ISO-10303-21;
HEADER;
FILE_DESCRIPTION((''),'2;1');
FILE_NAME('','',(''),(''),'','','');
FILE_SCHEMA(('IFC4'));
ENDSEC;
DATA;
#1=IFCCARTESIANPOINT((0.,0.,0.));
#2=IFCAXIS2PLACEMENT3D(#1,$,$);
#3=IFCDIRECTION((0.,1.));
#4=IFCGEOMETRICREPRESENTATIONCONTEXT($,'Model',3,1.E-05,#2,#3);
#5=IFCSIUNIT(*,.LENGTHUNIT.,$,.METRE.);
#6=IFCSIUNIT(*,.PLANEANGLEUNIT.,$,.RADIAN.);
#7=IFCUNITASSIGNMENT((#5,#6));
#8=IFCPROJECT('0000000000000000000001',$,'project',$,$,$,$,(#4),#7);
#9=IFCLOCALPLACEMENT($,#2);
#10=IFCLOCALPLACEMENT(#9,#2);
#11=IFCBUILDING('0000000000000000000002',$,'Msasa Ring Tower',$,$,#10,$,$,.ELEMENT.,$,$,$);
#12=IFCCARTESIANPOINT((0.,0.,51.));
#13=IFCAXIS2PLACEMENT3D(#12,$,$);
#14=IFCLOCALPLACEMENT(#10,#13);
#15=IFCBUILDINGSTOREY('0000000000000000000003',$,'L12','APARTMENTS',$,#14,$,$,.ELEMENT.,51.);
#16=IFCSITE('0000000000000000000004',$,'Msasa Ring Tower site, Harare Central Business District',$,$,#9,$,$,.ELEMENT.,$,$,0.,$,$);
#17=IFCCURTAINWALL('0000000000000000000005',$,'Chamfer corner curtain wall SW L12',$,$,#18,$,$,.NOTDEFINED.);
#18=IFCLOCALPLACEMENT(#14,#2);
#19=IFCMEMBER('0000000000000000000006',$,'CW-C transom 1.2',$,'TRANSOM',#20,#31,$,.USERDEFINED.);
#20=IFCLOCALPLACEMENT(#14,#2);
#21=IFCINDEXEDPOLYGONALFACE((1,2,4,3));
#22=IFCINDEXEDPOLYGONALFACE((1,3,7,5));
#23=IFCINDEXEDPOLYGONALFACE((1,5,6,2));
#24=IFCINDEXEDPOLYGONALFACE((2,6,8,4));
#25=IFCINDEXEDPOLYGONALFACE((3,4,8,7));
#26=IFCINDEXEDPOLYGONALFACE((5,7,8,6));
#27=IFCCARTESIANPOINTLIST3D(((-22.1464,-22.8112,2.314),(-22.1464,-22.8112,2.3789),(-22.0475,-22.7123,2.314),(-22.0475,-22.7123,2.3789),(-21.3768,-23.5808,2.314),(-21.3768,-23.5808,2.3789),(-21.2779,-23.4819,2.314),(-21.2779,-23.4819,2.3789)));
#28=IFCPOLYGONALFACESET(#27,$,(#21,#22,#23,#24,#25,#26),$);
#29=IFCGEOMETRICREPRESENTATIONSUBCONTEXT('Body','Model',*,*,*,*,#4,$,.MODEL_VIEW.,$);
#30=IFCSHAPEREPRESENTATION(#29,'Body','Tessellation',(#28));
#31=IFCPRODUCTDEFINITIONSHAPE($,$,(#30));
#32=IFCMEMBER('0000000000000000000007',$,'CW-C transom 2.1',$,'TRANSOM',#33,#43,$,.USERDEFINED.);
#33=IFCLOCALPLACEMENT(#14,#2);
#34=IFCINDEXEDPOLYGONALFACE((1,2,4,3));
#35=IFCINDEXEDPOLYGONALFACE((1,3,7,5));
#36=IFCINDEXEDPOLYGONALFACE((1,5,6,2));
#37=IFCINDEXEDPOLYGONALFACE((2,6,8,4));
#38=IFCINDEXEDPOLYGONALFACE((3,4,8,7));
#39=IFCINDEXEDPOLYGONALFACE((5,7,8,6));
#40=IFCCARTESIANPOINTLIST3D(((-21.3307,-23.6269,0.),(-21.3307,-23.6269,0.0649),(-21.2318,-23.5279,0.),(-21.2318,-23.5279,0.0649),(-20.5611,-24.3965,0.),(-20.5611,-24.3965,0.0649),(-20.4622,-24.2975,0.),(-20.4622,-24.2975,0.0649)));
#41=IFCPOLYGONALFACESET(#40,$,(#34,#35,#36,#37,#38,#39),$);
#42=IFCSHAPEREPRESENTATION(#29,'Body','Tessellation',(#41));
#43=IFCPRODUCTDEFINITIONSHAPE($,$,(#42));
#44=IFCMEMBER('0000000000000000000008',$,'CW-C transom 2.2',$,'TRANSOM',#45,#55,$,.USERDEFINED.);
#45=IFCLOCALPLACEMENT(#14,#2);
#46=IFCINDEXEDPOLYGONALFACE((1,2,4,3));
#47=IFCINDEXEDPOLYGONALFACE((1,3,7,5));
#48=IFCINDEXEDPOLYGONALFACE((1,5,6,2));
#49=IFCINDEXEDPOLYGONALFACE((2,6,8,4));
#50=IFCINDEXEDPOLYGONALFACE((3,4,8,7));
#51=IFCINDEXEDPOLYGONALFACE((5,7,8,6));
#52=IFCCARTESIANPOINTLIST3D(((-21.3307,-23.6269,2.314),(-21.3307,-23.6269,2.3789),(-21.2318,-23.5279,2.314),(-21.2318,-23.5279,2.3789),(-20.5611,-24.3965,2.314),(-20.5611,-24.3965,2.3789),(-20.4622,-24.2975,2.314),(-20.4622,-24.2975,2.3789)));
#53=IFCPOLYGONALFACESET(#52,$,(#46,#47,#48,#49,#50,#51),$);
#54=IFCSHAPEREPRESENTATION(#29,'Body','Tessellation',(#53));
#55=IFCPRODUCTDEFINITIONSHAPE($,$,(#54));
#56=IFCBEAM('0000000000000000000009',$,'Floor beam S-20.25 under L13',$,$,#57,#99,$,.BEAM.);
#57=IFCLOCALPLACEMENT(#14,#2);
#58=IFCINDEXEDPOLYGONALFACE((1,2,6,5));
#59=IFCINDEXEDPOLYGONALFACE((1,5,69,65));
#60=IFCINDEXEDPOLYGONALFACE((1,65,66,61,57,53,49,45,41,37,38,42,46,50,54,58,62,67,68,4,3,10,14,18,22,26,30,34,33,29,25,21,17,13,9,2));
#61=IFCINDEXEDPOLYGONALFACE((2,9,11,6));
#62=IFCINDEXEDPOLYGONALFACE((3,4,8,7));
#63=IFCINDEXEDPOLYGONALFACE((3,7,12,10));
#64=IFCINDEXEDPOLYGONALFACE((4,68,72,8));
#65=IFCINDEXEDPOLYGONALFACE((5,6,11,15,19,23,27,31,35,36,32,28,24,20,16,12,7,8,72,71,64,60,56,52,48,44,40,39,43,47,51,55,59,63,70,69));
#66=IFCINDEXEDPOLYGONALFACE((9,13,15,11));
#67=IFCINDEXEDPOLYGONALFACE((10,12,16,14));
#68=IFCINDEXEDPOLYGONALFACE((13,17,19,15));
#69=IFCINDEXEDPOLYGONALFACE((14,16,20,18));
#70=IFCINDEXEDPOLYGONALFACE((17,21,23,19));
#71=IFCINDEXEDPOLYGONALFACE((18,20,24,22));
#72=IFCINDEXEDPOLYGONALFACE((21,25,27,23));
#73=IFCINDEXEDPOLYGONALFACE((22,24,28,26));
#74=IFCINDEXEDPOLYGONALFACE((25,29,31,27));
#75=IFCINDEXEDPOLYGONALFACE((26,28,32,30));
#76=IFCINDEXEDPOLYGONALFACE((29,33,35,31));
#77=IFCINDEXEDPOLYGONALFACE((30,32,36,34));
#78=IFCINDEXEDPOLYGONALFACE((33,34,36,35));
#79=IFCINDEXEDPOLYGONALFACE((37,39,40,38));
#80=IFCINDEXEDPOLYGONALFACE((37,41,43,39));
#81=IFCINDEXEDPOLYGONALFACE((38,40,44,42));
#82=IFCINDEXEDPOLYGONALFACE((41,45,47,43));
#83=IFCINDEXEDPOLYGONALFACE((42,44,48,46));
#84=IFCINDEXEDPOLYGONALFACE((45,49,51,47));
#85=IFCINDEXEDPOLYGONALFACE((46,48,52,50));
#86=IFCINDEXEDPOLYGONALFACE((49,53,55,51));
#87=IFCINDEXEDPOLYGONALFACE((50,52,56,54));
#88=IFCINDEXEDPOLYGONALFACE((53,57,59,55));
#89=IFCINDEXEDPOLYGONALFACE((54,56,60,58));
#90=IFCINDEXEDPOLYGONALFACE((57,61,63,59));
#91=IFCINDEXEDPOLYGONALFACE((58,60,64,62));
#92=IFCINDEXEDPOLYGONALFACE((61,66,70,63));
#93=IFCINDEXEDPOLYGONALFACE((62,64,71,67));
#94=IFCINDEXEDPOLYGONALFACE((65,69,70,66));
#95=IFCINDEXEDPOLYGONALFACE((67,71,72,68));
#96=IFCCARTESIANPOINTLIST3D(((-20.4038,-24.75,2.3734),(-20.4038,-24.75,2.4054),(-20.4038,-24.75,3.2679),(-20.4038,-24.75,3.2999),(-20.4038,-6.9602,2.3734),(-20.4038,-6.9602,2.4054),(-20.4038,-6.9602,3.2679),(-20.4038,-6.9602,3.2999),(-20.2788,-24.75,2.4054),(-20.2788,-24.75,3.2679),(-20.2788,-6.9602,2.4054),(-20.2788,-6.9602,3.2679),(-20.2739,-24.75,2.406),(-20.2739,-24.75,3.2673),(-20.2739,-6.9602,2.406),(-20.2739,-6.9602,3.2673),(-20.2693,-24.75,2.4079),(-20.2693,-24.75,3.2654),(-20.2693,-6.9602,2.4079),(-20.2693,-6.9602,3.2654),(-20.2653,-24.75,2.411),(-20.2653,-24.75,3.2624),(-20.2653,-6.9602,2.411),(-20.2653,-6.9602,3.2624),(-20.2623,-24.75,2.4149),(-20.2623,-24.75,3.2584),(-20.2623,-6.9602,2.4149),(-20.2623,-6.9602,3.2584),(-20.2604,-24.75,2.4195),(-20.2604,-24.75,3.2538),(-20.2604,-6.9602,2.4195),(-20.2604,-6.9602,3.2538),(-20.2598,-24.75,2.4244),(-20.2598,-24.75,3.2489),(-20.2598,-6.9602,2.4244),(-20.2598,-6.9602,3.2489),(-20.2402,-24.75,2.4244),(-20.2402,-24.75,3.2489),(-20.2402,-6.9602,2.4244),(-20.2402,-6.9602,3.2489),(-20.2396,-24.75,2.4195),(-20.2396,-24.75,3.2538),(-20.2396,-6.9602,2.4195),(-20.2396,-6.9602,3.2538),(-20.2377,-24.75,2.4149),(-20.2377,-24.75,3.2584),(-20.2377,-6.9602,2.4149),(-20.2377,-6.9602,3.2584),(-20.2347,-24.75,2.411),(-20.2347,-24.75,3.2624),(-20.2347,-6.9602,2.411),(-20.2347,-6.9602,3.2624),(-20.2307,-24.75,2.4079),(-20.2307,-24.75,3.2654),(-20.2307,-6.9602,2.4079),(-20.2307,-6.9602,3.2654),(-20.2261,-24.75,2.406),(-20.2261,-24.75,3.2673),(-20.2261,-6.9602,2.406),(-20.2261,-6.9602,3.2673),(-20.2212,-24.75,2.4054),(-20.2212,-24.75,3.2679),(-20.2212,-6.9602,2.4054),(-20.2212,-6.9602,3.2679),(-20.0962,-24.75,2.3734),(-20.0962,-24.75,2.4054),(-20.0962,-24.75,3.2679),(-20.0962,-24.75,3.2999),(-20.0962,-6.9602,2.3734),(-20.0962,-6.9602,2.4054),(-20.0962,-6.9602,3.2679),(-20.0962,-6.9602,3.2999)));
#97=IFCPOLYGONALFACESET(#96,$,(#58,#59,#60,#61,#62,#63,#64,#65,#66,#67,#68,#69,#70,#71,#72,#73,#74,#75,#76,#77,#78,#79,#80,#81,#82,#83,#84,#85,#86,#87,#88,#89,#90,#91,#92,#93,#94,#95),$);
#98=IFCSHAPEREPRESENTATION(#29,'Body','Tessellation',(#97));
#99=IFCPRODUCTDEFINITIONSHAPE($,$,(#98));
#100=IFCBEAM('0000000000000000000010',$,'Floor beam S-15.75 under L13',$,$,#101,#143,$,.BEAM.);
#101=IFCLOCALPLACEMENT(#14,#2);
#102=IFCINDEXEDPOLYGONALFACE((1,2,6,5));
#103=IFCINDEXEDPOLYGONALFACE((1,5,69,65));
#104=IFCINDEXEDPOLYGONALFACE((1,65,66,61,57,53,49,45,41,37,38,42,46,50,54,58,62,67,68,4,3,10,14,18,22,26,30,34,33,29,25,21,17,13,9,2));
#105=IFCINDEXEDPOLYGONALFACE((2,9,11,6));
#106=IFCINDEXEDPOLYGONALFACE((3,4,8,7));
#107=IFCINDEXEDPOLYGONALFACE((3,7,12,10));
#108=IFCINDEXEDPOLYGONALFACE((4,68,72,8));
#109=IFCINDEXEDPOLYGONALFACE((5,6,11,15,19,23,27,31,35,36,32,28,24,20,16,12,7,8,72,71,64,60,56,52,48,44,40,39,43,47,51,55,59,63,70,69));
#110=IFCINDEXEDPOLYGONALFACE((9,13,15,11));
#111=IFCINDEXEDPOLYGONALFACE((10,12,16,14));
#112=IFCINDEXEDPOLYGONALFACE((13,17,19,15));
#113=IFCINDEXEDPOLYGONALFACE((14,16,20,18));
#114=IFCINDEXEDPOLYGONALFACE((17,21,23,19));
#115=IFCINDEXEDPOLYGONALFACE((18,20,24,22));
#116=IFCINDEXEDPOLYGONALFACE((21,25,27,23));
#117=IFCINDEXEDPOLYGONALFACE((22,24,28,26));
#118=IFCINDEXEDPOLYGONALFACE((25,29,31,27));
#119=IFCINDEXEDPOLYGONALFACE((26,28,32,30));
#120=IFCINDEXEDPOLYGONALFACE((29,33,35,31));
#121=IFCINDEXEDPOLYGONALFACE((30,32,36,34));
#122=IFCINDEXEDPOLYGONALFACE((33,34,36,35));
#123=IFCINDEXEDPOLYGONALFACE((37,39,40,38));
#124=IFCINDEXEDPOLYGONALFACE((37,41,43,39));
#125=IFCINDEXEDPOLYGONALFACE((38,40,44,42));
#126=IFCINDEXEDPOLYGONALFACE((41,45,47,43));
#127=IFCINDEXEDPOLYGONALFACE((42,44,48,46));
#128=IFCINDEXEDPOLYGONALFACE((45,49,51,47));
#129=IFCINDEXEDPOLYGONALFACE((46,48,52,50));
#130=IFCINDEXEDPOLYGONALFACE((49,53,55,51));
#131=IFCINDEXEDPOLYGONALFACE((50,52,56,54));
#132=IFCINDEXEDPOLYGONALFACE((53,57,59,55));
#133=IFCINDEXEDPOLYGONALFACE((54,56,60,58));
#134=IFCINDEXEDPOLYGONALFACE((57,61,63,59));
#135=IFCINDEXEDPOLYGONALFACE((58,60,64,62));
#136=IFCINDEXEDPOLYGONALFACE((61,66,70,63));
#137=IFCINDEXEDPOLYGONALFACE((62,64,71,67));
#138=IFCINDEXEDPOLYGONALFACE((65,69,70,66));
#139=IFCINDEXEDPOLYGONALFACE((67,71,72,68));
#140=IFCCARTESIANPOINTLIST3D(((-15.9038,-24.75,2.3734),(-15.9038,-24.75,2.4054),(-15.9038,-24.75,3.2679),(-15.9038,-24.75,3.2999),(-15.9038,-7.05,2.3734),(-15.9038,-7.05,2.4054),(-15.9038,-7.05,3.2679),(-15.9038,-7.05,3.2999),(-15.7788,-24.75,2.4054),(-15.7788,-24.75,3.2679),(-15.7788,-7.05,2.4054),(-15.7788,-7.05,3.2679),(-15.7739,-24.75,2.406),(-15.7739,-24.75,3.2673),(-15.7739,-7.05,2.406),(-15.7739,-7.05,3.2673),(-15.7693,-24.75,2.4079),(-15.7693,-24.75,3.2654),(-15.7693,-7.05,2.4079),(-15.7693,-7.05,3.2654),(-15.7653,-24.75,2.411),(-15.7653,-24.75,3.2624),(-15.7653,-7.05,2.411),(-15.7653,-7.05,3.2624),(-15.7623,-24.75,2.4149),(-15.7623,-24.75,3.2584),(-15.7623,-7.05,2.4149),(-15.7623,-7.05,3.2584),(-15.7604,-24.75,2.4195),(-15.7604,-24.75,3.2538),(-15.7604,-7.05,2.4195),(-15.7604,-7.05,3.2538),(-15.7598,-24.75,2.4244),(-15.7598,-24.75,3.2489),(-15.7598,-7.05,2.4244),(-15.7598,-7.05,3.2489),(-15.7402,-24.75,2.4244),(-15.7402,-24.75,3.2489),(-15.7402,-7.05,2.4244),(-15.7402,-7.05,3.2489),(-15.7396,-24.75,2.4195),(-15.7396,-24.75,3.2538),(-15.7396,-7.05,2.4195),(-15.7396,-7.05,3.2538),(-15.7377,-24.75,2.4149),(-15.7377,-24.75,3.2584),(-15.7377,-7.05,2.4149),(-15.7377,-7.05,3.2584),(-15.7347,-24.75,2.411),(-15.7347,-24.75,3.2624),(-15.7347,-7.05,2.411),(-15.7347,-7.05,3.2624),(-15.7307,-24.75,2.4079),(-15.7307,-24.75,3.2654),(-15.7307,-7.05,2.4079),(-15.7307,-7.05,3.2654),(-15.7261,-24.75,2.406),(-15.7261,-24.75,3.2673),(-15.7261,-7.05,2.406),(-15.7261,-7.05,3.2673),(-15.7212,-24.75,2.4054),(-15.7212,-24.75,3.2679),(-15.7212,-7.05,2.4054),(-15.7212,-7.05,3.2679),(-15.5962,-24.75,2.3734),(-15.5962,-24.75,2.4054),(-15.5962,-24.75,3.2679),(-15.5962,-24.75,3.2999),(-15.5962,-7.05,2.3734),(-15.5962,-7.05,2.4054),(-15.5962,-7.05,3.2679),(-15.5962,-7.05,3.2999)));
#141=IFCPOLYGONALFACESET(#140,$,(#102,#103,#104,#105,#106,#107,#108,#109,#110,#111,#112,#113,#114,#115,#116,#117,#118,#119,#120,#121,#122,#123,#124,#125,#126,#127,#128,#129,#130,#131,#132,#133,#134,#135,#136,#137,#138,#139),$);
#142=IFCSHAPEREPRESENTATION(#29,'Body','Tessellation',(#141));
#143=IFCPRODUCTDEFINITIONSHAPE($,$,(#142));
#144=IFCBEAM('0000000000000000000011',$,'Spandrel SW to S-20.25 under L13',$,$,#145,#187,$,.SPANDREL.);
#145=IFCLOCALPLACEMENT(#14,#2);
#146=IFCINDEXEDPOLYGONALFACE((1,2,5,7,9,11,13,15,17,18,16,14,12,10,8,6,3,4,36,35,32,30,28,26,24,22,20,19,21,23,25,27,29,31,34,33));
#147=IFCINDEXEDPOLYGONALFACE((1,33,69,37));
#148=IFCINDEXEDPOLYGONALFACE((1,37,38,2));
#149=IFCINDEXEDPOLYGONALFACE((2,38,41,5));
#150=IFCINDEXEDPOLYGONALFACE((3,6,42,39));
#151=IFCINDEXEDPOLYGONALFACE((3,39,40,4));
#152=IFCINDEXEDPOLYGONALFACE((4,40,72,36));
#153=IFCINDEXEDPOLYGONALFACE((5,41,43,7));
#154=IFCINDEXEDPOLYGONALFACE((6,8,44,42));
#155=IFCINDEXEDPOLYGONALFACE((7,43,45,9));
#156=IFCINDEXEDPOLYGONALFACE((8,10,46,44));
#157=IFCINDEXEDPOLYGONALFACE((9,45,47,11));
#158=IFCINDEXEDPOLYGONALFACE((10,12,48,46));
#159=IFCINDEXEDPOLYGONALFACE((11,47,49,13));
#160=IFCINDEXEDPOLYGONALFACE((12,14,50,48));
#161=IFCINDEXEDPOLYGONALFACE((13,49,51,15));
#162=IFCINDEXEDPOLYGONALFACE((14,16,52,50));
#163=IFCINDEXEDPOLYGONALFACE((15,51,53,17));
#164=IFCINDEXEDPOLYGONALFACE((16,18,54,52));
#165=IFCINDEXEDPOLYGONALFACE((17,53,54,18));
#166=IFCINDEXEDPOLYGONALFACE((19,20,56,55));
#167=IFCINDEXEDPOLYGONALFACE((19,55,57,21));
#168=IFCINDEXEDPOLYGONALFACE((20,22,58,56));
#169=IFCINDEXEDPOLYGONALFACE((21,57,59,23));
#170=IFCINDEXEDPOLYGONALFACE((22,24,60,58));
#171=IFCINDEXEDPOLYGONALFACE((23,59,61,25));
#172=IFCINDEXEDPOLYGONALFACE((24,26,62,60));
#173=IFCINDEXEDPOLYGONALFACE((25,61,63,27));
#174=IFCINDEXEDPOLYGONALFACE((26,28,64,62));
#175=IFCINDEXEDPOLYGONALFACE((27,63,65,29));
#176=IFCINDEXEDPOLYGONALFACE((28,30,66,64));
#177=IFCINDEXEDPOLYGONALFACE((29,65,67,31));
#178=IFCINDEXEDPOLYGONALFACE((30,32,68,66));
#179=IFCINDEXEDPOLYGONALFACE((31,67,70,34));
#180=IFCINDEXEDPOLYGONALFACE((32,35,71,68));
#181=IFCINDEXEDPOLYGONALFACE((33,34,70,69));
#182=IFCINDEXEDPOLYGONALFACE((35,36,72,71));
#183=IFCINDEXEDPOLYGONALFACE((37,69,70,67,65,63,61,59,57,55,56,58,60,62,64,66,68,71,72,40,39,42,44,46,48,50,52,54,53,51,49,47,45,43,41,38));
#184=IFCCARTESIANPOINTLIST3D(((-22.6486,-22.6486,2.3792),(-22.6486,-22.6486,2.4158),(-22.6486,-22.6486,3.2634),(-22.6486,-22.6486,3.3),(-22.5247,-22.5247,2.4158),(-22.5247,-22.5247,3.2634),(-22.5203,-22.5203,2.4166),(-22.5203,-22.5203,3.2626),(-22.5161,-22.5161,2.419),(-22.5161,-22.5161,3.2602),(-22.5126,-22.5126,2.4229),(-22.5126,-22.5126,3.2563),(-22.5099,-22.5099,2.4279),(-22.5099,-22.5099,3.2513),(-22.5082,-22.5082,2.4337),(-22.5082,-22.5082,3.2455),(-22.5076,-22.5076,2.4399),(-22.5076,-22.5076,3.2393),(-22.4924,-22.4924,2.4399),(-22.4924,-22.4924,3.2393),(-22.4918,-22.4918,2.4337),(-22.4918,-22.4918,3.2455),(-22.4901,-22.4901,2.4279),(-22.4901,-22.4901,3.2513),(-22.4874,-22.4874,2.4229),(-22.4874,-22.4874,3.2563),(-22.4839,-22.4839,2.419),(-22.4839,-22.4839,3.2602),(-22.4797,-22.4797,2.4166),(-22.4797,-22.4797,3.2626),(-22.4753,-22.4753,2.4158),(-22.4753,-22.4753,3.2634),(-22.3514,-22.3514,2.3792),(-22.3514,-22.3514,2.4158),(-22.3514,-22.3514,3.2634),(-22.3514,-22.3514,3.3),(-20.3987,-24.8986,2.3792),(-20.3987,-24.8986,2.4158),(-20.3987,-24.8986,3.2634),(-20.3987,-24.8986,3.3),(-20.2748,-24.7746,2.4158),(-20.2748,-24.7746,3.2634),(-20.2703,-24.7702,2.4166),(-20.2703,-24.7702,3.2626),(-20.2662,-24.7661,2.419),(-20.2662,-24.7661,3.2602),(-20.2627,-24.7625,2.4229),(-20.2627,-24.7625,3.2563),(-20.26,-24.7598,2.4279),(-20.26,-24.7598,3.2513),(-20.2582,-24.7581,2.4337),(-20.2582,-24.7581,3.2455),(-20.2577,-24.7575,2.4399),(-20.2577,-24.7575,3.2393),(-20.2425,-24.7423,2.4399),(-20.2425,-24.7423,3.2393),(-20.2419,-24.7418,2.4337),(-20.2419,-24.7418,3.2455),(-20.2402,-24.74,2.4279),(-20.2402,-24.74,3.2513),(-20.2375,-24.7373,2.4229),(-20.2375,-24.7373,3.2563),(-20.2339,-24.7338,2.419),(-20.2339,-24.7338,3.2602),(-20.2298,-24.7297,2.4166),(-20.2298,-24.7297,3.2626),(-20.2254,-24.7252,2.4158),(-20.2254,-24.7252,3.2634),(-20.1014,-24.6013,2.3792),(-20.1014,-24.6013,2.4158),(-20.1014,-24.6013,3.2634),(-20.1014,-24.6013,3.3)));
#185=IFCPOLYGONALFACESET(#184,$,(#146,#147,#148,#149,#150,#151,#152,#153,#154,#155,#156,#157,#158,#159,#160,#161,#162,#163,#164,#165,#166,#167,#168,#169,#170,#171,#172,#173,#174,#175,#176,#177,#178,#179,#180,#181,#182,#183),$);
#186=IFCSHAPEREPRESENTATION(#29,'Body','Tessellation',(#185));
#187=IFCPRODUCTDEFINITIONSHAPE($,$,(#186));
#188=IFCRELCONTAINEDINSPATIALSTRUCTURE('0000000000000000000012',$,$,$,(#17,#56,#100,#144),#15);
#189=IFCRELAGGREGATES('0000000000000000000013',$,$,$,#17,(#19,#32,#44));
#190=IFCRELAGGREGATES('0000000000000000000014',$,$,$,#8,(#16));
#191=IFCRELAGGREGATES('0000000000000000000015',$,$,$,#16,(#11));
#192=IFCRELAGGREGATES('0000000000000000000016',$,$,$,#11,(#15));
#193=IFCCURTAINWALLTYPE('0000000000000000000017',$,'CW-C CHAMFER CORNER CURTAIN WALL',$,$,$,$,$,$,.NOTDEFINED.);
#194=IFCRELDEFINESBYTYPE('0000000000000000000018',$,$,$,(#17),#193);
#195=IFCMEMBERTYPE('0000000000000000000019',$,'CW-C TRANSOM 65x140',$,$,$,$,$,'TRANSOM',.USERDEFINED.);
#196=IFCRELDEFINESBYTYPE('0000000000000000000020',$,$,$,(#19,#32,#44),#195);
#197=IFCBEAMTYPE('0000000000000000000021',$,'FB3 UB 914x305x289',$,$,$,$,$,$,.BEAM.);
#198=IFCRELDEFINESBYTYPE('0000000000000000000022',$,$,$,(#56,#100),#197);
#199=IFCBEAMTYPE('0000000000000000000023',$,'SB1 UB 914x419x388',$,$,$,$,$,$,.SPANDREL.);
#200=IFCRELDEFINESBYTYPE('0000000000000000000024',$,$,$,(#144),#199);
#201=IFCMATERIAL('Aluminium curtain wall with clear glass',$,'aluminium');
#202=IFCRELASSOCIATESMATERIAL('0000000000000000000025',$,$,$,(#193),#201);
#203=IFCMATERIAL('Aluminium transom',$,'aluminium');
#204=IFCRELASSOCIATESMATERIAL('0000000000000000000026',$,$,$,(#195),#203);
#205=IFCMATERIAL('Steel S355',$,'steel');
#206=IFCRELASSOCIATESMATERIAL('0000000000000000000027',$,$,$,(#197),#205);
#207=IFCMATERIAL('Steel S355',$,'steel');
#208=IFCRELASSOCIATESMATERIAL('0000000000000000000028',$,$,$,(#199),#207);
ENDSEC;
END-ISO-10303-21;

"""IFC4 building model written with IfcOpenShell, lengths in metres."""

from ifc_helpers import new_model, si_unit, direction, frame, origin, origin_2d, place, context, subcontext, project, spatial, rectangle, i_section, extrude, material, material_profile, profile_set, type_object, element, aggregate, save


model = new_model("IFC4")

# Units and contexts
model_context = context("Model", 3, precision=1e-05, world=origin(), true_north=direction((0.0, 1.0)))
body_context = subcontext(model_context, "Body", "Model", "MODEL_VIEW")
ifc_project = project(units=[si_unit("LENGTHUNIT", "METRE"), si_unit("PLANEANGLEUNIT", "RADIAN")], contexts=[model_context])

# Site, building, storey
site_placement = place(None, origin())
site = spatial("IfcSite", under=ifc_project, at=site_placement, Name="Msasa Ring Tower site, Harare Central Business District", CompositionType="ELEMENT", RefElevation=0.0)
building_placement = place(site_placement, origin())
building = spatial("IfcBuilding", under=site, at=building_placement, Name="Msasa Ring Tower", CompositionType="ELEMENT")
storey_placement = place(building_placement, frame((0.0, 0.0, 51.0)))
storey = spatial("IfcBuildingStorey", under=building, at=storey_placement, Name="L12", Description="APARTMENTS", CompositionType="ELEMENT", Elevation=51.0)

# Curtain wall
ifc_material_1 = material(Name="Aluminium curtain wall with clear glass", Category="aluminium")
curtain_wall_type = type_object("IfcCurtainWallType", Name="CW-C CHAMFER CORNER CURTAIN WALL", PredefinedType="NOTDEFINED", material=ifc_material_1)
curtain_wall_1_placement = place(storey_placement, origin())
curtain_wall_1 = element("IfcCurtainWall", 1, at=curtain_wall_1_placement, inside=storey, type_object=curtain_wall_type, Name="Chamfer corner curtain wall SW L12", PredefinedType="NOTDEFINED")

# Members
ifc_material_2 = material(Name="Aluminium transom", Category="aluminium")
ifc_material_profile_1 = material_profile(ifc_material_2, rectangle(XDim=0.1399, YDim=0.0649, at=origin_2d()), Name="AL 65x140")
ifc_profile_set_1 = profile_set([ifc_material_profile_1], Name="Aluminium transom")
member_type_1 = type_object("IfcMemberType", Name="CW-C TRANSOM 65x140", ElementType="TRANSOM", PredefinedType="USERDEFINED", material=ifc_profile_set_1)
member_1_placement = place(storey_placement, frame((-22.0969, -22.7617, 2.3464), z_axis=(0.707107, -0.707107, 0.0), x_axis=(0.707107, 0.707107, 0.0)))
member_1 = element("IfcMember", 2, at=member_1_placement, type_object=member_type_1, Name="CW-C transom 1.2", ObjectType="TRANSOM", PredefinedType="USERDEFINED", context=body_context, shape_type="SweptSolid", body=[
    extrude(rectangle(XDim=0.1399, YDim=0.0649, at=origin_2d()), origin(), (0.0, 0.0, 1.0), 1.0884),
])
member_2_placement = place(storey_placement, frame((-21.2812, -23.5774, 0.0325), z_axis=(0.707107, -0.707107, 0.0), x_axis=(0.707107, 0.707107, 0.0)))
member_2 = element("IfcMember", 3, at=member_2_placement, type_object=member_type_1, Name="CW-C transom 2.1", ObjectType="TRANSOM", PredefinedType="USERDEFINED", context=body_context, shape_type="SweptSolid", body=[
    extrude(rectangle(XDim=0.1399, YDim=0.0649, at=origin_2d()), origin(), (0.0, 0.0, 1.0), 1.0884),
])
member_3_placement = place(storey_placement, frame((-21.2812, -23.5774, 2.3464), z_axis=(0.707107, -0.707107, 0.0), x_axis=(0.707107, 0.707107, 0.0)))
member_3 = element("IfcMember", 4, at=member_3_placement, type_object=member_type_1, Name="CW-C transom 2.2", ObjectType="TRANSOM", PredefinedType="USERDEFINED", context=body_context, shape_type="SweptSolid", body=[
    extrude(rectangle(XDim=0.1399, YDim=0.0649, at=origin_2d()), origin(), (0.0, 0.0, 1.0), 1.0884),
])

# Beams
ifc_material_3 = material(Name="Steel S355", Category="steel")
ifc_material_profile_2 = material_profile(ifc_material_3, i_section(OverallWidth=0.3076, OverallDepth=0.9265, WebThickness=0.0195, FlangeThickness=0.032, FilletRadius=0.019, at=origin_2d()), Name="UB 914x305x289")
ifc_profile_set_2 = profile_set([ifc_material_profile_2], Name="Steel S355")
beam_type_1 = type_object("IfcBeamType", Name="FB3 UB 914x305x289", PredefinedType="BEAM", material=ifc_profile_set_2)
beam_1_placement = place(storey_placement, frame((-20.25, -24.75, 2.8367), z_axis=(0.0, 1.0, 0.0), x_axis=(-1.0, 0.0, 0.0)))
element("IfcBeam", 5, at=beam_1_placement, inside=storey, type_object=beam_type_1, Name="Floor beam S-20.25 under L13", PredefinedType="BEAM", context=body_context, shape_type="SweptSolid", body=[
    extrude(i_section(OverallWidth=0.3076, OverallDepth=0.9265, WebThickness=0.0195, FlangeThickness=0.032, FilletRadius=0.019, at=origin_2d()), origin(), (0.0, 0.0, 1.0), 17.7898),
])
beam_2_placement = place(storey_placement, frame((-15.75, -24.75, 2.8367), z_axis=(0.0, 1.0, 0.0), x_axis=(-1.0, 0.0, 0.0)))
element("IfcBeam", 6, at=beam_2_placement, inside=storey, type_object=beam_type_1, Name="Floor beam S-15.75 under L13", PredefinedType="BEAM", context=body_context, shape_type="SweptSolid", body=[
    extrude(i_section(OverallWidth=0.3076, OverallDepth=0.9265, WebThickness=0.0195, FlangeThickness=0.032, FilletRadius=0.019, at=origin_2d()), origin(), (0.0, 0.0, 1.0), 17.7),
])
ifc_material_4 = material(Name="Steel S355", Category="steel")
ifc_material_profile_3 = material_profile(ifc_material_4, i_section(OverallWidth=0.4204, OverallDepth=0.9209, WebThickness=0.0215, FlangeThickness=0.0366, FilletRadius=0.0242, at=origin_2d()), Name="UB 914x419x388")
ifc_profile_set_3 = profile_set([ifc_material_profile_3], Name="Steel S355")
beam_type_2 = type_object("IfcBeamType", Name="SB1 UB 914x419x388", PredefinedType="SPANDREL", material=ifc_profile_set_3)
beam_3_placement = place(storey_placement, frame((-22.5, -22.5, 2.8396), z_axis=(0.707107, -0.707107, 0.0), x_axis=(0.707107, 0.707107, 0.0)))
element("IfcBeam", 7, at=beam_3_placement, inside=storey, type_object=beam_type_2, Name="Spandrel SW to S-20.25 under L13", PredefinedType="SPANDREL", context=body_context, shape_type="SweptSolid", body=[
    extrude(i_section(OverallWidth=0.4204, OverallDepth=0.9209, WebThickness=0.0215, FlangeThickness=0.0366, FilletRadius=0.0242, at=origin_2d()), origin(), (0.0, 0.0, 1.0), 3.1819),
])

aggregate(curtain_wall_1, [member_1, member_2, member_3])

save(model, "model.ifc")
